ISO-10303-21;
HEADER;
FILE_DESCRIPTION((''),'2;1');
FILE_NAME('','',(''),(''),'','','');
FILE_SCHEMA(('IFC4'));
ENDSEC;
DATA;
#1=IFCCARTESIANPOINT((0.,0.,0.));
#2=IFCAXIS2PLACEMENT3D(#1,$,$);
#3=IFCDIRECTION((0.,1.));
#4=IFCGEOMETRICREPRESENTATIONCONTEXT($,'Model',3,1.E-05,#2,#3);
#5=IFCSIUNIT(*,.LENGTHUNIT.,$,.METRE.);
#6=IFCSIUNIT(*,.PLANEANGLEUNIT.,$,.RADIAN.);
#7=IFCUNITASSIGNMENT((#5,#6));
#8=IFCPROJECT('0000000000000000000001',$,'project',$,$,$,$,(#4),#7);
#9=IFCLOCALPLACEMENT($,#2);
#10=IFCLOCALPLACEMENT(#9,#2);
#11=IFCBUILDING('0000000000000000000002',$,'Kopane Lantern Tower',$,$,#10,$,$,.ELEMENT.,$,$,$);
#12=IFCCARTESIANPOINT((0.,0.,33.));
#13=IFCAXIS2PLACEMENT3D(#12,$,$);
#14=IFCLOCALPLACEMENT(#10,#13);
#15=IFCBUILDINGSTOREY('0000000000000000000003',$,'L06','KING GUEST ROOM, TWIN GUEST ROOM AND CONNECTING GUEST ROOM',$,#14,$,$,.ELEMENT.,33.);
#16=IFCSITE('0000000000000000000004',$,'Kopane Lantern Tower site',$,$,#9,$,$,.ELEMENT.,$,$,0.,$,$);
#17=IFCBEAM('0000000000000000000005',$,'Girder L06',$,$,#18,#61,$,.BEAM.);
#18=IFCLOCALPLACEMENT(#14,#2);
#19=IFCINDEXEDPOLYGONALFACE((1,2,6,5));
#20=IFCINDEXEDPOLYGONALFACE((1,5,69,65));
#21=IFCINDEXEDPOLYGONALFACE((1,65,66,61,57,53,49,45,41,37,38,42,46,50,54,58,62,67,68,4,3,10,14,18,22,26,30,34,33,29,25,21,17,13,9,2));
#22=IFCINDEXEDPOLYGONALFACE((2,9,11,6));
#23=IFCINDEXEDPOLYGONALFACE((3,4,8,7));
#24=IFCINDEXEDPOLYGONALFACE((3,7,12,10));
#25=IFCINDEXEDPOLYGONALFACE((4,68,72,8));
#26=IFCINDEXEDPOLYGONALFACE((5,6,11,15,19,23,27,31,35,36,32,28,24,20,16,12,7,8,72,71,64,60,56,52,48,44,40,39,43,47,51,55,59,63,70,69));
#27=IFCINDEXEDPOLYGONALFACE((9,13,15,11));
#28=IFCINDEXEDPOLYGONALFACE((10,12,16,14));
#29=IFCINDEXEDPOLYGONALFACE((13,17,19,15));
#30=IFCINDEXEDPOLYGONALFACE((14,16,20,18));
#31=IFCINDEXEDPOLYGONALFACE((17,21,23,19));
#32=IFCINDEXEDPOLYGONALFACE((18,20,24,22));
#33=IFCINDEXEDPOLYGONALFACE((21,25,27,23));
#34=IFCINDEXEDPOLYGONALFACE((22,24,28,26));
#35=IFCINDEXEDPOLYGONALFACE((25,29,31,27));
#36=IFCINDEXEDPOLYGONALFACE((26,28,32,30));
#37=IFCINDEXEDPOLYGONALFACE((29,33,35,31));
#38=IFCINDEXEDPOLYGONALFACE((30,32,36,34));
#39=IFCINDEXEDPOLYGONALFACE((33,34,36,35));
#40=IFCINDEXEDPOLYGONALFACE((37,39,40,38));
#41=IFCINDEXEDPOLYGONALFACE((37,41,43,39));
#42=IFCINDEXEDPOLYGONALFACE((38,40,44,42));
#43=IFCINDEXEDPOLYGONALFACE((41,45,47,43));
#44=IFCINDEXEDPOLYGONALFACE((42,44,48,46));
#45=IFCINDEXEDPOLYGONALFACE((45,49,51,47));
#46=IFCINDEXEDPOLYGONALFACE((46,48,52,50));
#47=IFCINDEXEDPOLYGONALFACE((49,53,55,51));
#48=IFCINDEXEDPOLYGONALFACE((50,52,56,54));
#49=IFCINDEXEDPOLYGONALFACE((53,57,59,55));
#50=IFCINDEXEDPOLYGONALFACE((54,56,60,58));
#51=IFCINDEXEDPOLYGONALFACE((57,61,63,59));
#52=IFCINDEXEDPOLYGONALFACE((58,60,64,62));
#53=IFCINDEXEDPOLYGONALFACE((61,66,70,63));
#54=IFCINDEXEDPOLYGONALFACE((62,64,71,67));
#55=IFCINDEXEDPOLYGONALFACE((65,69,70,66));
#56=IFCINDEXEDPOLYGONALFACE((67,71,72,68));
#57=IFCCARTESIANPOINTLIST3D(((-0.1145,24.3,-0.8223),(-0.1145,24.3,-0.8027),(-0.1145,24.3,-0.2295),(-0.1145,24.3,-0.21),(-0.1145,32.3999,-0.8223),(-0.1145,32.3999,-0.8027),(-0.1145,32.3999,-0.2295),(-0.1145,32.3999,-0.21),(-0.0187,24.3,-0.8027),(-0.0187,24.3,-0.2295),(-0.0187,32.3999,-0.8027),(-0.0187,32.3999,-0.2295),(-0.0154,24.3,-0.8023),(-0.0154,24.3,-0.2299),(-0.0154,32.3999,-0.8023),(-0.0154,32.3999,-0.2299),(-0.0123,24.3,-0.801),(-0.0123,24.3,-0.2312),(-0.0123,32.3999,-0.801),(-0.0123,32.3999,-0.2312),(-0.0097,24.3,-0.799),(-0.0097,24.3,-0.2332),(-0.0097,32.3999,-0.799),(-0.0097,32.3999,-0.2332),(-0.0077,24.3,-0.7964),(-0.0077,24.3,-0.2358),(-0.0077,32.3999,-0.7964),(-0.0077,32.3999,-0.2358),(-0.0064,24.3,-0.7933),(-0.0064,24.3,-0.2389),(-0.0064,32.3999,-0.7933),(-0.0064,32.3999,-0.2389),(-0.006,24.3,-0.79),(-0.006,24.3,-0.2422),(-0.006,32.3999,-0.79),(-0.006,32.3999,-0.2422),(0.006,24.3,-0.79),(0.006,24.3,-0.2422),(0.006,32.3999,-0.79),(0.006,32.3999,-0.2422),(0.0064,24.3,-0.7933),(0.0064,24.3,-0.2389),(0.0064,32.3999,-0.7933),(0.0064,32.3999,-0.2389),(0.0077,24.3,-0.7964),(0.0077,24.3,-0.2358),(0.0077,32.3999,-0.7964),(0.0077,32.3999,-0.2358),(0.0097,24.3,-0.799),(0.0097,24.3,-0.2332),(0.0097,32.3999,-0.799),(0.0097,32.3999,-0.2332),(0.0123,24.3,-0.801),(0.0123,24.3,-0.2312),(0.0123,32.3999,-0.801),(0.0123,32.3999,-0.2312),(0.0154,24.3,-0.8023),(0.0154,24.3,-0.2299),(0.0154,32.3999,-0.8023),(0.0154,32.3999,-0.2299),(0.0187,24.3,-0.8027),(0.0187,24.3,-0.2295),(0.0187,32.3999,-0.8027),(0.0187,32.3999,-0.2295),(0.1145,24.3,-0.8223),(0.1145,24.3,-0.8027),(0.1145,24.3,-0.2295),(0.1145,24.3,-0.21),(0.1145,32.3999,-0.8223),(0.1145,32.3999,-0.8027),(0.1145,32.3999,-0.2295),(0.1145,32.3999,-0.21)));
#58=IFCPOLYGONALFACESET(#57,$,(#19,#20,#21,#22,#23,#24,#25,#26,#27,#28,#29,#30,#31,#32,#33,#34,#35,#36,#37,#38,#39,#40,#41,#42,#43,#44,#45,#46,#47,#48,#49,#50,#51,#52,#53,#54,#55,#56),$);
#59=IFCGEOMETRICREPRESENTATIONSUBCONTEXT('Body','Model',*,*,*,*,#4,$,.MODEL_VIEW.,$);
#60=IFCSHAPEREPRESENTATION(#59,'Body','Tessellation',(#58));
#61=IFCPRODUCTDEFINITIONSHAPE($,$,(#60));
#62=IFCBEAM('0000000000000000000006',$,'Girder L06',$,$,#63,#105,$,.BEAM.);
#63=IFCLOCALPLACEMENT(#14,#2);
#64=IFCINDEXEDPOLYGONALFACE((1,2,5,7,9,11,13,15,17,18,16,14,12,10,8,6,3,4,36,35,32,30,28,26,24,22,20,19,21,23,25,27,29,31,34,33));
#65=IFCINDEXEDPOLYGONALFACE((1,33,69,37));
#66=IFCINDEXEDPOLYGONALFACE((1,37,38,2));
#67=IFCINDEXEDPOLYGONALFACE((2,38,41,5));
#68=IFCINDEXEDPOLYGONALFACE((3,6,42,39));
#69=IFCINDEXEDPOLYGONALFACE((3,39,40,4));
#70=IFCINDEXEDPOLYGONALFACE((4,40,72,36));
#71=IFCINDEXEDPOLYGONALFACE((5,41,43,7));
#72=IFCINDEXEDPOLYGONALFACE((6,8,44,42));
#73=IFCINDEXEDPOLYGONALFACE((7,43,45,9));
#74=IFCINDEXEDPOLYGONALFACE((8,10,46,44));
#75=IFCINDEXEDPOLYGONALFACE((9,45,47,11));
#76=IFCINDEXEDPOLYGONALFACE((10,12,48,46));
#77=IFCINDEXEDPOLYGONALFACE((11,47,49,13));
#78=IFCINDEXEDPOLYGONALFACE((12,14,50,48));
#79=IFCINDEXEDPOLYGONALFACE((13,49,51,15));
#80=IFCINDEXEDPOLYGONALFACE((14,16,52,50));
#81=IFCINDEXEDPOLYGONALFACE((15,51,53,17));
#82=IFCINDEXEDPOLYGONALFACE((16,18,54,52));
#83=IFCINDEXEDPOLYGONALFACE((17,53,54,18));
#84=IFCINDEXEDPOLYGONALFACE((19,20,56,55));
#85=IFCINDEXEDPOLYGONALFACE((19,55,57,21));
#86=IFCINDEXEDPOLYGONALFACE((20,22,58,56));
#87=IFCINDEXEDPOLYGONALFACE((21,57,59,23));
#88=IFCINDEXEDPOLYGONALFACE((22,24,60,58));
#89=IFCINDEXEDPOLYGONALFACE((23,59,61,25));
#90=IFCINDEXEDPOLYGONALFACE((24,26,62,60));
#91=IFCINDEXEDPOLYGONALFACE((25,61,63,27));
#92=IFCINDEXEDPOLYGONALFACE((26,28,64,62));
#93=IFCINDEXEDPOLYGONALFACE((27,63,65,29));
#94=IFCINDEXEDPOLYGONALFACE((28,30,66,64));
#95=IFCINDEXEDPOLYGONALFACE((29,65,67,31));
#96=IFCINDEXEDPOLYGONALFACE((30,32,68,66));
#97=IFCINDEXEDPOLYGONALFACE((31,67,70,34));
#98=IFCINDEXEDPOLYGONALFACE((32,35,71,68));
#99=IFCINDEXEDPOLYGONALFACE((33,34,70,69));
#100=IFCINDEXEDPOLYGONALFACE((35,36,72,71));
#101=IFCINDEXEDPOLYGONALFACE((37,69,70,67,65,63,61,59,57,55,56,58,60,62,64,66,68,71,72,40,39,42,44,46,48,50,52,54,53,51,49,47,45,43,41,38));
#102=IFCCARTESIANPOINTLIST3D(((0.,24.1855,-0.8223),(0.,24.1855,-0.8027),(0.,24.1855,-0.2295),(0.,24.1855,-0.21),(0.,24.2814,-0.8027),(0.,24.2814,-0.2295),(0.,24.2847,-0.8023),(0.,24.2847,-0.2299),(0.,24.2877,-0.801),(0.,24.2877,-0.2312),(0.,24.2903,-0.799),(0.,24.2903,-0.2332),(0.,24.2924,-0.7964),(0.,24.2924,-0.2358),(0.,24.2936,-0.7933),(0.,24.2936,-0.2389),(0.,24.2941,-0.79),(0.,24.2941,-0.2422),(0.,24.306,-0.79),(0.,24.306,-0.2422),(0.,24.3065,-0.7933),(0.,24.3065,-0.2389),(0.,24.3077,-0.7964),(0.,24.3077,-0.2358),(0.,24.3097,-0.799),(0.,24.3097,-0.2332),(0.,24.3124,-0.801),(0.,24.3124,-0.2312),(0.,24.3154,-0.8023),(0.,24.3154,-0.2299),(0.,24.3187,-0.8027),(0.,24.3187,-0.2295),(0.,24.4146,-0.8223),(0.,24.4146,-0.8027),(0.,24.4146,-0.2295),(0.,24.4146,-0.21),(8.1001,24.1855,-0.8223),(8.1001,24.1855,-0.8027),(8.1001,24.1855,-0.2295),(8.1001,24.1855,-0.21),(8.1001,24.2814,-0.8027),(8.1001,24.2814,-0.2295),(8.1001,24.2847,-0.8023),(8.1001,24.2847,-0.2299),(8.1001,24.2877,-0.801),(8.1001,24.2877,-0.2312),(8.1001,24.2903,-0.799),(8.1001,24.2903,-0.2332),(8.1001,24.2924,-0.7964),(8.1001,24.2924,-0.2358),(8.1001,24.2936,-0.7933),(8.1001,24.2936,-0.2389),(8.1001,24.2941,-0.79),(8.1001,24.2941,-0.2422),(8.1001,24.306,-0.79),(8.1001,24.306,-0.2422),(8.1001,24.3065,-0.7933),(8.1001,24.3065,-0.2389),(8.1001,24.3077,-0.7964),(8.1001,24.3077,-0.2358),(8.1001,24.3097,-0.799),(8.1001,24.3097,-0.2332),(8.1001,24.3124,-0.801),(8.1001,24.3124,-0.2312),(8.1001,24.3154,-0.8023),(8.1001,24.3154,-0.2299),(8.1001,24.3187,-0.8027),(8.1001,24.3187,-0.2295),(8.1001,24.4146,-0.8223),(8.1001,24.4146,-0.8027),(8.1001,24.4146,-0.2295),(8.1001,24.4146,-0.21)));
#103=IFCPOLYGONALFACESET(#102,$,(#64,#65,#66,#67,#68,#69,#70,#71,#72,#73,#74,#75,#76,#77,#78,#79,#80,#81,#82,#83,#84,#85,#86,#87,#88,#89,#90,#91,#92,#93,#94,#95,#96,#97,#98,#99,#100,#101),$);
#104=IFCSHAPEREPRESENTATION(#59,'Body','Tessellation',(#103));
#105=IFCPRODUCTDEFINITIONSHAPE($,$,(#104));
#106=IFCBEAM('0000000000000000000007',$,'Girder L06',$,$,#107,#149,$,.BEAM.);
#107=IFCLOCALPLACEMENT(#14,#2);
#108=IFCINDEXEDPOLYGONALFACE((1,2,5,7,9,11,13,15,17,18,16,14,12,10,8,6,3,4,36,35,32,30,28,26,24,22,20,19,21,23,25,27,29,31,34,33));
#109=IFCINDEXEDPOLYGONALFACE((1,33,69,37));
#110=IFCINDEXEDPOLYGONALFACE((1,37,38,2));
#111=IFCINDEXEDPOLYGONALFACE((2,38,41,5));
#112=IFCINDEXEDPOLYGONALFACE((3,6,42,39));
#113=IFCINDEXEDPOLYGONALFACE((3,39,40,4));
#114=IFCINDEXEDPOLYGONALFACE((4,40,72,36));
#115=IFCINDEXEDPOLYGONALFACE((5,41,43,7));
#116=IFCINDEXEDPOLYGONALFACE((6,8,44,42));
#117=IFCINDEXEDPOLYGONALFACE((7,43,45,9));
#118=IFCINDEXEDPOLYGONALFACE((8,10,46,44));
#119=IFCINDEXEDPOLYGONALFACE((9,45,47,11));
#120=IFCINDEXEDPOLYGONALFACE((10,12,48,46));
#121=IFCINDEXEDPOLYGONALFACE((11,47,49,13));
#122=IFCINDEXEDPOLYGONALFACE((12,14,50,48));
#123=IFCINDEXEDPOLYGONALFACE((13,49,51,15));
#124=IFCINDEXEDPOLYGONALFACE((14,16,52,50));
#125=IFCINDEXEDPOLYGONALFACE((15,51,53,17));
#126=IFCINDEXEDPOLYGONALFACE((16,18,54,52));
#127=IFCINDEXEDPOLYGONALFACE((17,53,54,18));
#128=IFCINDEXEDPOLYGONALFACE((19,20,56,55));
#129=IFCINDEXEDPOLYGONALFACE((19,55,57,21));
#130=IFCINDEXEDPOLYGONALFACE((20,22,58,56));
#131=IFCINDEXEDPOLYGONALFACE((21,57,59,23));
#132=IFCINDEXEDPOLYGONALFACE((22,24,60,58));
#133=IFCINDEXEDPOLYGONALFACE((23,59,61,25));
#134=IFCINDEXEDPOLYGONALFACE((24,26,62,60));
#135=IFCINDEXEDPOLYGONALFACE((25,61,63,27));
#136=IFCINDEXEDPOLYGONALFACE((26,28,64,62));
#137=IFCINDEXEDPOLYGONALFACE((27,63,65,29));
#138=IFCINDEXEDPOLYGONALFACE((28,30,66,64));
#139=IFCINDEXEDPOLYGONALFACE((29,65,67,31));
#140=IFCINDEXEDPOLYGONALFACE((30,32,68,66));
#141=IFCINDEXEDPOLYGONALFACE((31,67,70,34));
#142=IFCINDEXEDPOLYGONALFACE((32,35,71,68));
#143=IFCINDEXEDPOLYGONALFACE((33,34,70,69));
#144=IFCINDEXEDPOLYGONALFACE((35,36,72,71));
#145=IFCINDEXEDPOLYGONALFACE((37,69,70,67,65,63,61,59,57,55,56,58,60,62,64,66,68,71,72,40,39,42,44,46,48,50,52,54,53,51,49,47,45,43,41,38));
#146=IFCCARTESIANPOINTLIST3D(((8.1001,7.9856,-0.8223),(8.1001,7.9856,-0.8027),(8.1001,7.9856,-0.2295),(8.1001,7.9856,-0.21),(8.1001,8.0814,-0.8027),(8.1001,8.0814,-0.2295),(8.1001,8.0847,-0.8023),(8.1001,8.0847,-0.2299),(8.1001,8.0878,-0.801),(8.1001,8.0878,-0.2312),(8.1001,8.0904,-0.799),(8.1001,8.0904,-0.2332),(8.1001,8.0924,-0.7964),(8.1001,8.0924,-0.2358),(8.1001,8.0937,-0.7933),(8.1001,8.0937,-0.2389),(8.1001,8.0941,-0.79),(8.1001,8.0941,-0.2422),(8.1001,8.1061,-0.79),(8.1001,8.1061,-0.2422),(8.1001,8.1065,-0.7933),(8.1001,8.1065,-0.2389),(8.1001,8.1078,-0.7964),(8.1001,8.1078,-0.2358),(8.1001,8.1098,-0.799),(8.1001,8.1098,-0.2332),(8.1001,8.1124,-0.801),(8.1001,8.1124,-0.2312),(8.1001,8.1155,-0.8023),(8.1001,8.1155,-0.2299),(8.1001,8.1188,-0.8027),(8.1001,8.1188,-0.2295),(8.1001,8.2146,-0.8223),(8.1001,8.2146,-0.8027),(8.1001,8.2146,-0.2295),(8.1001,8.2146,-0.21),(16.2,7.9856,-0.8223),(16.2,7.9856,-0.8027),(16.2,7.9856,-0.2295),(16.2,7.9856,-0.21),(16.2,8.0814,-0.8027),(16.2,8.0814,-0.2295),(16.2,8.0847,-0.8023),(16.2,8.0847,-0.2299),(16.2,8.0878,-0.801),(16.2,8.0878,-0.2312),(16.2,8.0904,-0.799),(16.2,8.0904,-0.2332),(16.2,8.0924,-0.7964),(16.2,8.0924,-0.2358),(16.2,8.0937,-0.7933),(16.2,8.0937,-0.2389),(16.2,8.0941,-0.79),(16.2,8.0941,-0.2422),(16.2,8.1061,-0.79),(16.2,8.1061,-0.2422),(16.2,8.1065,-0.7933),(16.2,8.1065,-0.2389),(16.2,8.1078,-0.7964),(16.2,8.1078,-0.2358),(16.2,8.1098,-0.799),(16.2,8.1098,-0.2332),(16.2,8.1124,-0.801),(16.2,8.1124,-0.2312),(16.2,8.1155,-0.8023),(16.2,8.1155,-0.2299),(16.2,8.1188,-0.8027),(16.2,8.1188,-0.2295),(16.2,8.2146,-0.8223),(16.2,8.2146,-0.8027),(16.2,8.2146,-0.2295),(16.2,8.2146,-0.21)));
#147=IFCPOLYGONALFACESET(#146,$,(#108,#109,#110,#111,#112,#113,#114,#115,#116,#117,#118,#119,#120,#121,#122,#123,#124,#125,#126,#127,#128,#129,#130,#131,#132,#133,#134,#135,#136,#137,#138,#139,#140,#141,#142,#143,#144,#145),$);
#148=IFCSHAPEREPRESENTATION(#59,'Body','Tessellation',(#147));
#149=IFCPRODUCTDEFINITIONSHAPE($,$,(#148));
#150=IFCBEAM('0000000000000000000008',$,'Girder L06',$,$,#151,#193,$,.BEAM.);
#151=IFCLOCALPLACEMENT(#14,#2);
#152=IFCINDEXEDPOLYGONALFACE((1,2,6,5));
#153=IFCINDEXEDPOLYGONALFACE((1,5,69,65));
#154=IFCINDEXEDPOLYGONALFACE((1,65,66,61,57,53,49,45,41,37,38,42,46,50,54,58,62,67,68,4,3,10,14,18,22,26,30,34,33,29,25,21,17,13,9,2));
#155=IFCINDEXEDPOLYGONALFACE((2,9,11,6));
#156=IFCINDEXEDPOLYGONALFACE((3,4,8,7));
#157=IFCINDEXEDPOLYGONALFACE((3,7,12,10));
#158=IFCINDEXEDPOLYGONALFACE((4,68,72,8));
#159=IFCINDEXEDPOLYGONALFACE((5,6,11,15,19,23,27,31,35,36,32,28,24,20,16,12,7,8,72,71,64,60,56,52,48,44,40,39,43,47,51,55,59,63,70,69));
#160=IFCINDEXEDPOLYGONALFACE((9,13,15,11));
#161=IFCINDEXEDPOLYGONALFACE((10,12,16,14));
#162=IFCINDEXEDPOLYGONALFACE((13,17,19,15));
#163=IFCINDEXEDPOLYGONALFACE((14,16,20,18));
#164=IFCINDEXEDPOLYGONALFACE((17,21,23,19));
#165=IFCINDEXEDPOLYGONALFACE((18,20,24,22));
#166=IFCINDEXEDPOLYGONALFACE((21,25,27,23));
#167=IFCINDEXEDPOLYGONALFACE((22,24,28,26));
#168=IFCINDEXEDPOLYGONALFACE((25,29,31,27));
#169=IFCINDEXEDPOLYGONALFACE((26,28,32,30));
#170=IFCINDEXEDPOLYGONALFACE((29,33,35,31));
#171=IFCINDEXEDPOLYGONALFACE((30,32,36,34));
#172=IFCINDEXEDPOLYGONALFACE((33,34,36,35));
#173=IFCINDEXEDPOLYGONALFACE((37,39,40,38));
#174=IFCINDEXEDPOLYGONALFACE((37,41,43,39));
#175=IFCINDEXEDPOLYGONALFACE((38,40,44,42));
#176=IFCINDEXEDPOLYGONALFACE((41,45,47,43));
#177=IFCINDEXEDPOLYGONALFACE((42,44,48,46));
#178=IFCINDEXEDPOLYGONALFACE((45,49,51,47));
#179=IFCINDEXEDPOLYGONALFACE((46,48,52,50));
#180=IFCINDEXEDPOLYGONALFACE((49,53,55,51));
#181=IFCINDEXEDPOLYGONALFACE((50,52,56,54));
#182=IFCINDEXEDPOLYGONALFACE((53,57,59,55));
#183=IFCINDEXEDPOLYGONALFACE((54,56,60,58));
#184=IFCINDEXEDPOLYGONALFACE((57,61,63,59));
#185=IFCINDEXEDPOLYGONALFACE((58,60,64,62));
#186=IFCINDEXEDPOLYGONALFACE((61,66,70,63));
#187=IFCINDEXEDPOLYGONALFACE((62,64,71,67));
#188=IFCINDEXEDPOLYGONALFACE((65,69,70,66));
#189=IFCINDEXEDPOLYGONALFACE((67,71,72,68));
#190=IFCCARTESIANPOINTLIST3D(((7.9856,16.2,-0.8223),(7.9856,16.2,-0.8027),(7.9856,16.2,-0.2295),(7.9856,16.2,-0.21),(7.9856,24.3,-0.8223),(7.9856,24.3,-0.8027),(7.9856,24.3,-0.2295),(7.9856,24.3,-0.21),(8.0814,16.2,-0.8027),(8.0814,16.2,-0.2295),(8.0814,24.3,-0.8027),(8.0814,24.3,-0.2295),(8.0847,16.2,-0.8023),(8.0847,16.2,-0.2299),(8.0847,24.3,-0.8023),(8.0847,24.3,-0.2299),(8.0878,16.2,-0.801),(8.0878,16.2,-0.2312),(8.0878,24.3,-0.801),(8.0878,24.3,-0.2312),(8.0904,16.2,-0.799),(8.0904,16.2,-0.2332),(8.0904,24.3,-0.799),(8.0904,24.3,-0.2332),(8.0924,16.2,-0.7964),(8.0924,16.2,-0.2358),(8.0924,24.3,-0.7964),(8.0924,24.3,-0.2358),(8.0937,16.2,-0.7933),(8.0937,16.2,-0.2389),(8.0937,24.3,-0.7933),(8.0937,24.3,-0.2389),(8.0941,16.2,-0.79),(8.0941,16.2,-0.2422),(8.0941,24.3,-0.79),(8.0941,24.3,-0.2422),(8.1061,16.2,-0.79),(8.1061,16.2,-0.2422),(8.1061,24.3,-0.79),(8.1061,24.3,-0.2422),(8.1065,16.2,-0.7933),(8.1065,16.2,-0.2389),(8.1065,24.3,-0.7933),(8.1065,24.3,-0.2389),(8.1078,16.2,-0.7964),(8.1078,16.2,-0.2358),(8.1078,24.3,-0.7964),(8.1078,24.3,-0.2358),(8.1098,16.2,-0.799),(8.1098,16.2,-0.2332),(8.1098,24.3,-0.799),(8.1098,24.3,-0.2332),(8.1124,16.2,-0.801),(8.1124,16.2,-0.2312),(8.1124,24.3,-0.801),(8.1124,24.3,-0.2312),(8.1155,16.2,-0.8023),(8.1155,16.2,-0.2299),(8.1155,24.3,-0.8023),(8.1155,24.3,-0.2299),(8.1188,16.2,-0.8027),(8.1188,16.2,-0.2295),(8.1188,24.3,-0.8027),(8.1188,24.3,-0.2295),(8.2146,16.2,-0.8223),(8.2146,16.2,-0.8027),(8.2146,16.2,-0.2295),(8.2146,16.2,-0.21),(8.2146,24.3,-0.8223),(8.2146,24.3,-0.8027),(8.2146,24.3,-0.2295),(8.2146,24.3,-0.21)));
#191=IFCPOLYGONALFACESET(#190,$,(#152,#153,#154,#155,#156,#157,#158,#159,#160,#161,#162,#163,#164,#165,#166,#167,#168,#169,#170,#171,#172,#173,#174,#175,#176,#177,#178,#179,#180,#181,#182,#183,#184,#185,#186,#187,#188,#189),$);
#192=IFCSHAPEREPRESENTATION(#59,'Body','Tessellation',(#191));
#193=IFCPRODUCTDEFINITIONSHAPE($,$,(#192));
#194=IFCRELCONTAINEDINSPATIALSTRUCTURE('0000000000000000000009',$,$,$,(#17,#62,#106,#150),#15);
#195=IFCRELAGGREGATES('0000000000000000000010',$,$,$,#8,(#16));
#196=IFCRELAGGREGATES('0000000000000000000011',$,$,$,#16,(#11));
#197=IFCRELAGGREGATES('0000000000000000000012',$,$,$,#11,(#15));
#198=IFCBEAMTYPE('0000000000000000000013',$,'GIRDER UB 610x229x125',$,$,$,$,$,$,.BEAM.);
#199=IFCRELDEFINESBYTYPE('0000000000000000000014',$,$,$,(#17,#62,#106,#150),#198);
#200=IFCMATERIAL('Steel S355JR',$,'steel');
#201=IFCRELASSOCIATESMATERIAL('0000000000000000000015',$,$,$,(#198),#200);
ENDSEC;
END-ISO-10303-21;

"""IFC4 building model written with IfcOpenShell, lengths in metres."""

from ifc_helpers import new_model, si_unit, direction, frame, origin, origin_2d, place, context, subcontext, project, spatial, i_section, extrude, material, material_profile, profile_set, type_object, element, save


model = new_model("IFC4")

# Units and contexts
model_context = context("Model", 3, precision=1e-05, world=origin(), true_north=direction((0.0, 1.0)))
body_context = subcontext(model_context, "Body", "Model", "MODEL_VIEW")
ifc_project = project(units=[si_unit("LENGTHUNIT", "METRE"), si_unit("PLANEANGLEUNIT", "RADIAN")], contexts=[model_context])

# Site, building, storey
site_placement = place(None, origin())
site = spatial("IfcSite", under=ifc_project, at=site_placement, Name="Kopane Lantern Tower site", CompositionType="ELEMENT", RefElevation=0.0)
building_placement = place(site_placement, origin())
building = spatial("IfcBuilding", under=site, at=building_placement, Name="Kopane Lantern Tower", CompositionType="ELEMENT")
storey_placement = place(building_placement, frame((0.0, 0.0, 33.0)))
storey = spatial("IfcBuildingStorey", under=building, at=storey_placement, Name="L06", Description="KING GUEST ROOM, TWIN GUEST ROOM AND CONNECTING GUEST ROOM", CompositionType="ELEMENT", Elevation=33.0)

# Beams
ifc_material_1 = material(Name="Steel S355JR", Category="steel")
ifc_material_profile_1 = material_profile(ifc_material_1, i_section(OverallWidth=0.229, OverallDepth=0.6123, WebThickness=0.012, FlangeThickness=0.0195, FilletRadius=0.0127, at=origin_2d()), Name="UB 610x229x125")
ifc_profile_set_1 = profile_set([ifc_material_profile_1], Name="Steel S355JR")
beam_type = type_object("IfcBeamType", Name="GIRDER UB 610x229x125", PredefinedType="BEAM", material=ifc_profile_set_1)
beam_1_placement = place(storey_placement, frame((0.0, 24.3, -0.5161), z_axis=(0.0, 1.0, 0.0), x_axis=(-1.0, 0.0, 0.0)))
element("IfcBeam", 1, at=beam_1_placement, inside=storey, type_object=beam_type, Name="Girder L06", PredefinedType="BEAM", context=body_context, shape_type="SweptSolid", body=[
    extrude(i_section(OverallWidth=0.229, OverallDepth=0.6123, WebThickness=0.012, FlangeThickness=0.0195, FilletRadius=0.0127, at=origin_2d()), origin(), (0.0, 0.0, 1.0), 8.0999),
])
beam_2_placement = place(storey_placement, frame((0.0, 24.3, -0.5161), z_axis=(1.0, 0.0, 0.0), x_axis=(0.0, 1.0, 0.0)))
element("IfcBeam", 2, at=beam_2_placement, inside=storey, type_object=beam_type, Name="Girder L06", PredefinedType="BEAM", context=body_context, shape_type="SweptSolid", body=[
    extrude(i_section(OverallWidth=0.229, OverallDepth=0.6123, WebThickness=0.012, FlangeThickness=0.0195, FilletRadius=0.0127, at=origin_2d()), origin(), (0.0, 0.0, 1.0), 8.1001),
])
beam_3_placement = place(storey_placement, frame((8.1001, 8.1001, -0.5161), z_axis=(1.0, 0.0, 0.0), x_axis=(0.0, 1.0, 0.0)))
element("IfcBeam", 3, at=beam_3_placement, inside=storey, type_object=beam_type, Name="Girder L06", PredefinedType="BEAM", context=body_context, shape_type="SweptSolid", body=[
    extrude(i_section(OverallWidth=0.229, OverallDepth=0.6123, WebThickness=0.012, FlangeThickness=0.0195, FilletRadius=0.0127, at=origin_2d()), origin(), (0.0, 0.0, 1.0), 8.0999),
])
beam_4_placement = place(storey_placement, frame((8.1001, 16.2, -0.5161), z_axis=(0.0, 1.0, 0.0), x_axis=(-1.0, 0.0, 0.0)))
element("IfcBeam", 4, at=beam_4_placement, inside=storey, type_object=beam_type, Name="Girder L06", PredefinedType="BEAM", context=body_context, shape_type="SweptSolid", body=[
    extrude(i_section(OverallWidth=0.229, OverallDepth=0.6123, WebThickness=0.012, FlangeThickness=0.0195, FilletRadius=0.0127, at=origin_2d()), origin(), (0.0, 0.0, 1.0), 8.1001),
])

save(model, "model.ifc")
